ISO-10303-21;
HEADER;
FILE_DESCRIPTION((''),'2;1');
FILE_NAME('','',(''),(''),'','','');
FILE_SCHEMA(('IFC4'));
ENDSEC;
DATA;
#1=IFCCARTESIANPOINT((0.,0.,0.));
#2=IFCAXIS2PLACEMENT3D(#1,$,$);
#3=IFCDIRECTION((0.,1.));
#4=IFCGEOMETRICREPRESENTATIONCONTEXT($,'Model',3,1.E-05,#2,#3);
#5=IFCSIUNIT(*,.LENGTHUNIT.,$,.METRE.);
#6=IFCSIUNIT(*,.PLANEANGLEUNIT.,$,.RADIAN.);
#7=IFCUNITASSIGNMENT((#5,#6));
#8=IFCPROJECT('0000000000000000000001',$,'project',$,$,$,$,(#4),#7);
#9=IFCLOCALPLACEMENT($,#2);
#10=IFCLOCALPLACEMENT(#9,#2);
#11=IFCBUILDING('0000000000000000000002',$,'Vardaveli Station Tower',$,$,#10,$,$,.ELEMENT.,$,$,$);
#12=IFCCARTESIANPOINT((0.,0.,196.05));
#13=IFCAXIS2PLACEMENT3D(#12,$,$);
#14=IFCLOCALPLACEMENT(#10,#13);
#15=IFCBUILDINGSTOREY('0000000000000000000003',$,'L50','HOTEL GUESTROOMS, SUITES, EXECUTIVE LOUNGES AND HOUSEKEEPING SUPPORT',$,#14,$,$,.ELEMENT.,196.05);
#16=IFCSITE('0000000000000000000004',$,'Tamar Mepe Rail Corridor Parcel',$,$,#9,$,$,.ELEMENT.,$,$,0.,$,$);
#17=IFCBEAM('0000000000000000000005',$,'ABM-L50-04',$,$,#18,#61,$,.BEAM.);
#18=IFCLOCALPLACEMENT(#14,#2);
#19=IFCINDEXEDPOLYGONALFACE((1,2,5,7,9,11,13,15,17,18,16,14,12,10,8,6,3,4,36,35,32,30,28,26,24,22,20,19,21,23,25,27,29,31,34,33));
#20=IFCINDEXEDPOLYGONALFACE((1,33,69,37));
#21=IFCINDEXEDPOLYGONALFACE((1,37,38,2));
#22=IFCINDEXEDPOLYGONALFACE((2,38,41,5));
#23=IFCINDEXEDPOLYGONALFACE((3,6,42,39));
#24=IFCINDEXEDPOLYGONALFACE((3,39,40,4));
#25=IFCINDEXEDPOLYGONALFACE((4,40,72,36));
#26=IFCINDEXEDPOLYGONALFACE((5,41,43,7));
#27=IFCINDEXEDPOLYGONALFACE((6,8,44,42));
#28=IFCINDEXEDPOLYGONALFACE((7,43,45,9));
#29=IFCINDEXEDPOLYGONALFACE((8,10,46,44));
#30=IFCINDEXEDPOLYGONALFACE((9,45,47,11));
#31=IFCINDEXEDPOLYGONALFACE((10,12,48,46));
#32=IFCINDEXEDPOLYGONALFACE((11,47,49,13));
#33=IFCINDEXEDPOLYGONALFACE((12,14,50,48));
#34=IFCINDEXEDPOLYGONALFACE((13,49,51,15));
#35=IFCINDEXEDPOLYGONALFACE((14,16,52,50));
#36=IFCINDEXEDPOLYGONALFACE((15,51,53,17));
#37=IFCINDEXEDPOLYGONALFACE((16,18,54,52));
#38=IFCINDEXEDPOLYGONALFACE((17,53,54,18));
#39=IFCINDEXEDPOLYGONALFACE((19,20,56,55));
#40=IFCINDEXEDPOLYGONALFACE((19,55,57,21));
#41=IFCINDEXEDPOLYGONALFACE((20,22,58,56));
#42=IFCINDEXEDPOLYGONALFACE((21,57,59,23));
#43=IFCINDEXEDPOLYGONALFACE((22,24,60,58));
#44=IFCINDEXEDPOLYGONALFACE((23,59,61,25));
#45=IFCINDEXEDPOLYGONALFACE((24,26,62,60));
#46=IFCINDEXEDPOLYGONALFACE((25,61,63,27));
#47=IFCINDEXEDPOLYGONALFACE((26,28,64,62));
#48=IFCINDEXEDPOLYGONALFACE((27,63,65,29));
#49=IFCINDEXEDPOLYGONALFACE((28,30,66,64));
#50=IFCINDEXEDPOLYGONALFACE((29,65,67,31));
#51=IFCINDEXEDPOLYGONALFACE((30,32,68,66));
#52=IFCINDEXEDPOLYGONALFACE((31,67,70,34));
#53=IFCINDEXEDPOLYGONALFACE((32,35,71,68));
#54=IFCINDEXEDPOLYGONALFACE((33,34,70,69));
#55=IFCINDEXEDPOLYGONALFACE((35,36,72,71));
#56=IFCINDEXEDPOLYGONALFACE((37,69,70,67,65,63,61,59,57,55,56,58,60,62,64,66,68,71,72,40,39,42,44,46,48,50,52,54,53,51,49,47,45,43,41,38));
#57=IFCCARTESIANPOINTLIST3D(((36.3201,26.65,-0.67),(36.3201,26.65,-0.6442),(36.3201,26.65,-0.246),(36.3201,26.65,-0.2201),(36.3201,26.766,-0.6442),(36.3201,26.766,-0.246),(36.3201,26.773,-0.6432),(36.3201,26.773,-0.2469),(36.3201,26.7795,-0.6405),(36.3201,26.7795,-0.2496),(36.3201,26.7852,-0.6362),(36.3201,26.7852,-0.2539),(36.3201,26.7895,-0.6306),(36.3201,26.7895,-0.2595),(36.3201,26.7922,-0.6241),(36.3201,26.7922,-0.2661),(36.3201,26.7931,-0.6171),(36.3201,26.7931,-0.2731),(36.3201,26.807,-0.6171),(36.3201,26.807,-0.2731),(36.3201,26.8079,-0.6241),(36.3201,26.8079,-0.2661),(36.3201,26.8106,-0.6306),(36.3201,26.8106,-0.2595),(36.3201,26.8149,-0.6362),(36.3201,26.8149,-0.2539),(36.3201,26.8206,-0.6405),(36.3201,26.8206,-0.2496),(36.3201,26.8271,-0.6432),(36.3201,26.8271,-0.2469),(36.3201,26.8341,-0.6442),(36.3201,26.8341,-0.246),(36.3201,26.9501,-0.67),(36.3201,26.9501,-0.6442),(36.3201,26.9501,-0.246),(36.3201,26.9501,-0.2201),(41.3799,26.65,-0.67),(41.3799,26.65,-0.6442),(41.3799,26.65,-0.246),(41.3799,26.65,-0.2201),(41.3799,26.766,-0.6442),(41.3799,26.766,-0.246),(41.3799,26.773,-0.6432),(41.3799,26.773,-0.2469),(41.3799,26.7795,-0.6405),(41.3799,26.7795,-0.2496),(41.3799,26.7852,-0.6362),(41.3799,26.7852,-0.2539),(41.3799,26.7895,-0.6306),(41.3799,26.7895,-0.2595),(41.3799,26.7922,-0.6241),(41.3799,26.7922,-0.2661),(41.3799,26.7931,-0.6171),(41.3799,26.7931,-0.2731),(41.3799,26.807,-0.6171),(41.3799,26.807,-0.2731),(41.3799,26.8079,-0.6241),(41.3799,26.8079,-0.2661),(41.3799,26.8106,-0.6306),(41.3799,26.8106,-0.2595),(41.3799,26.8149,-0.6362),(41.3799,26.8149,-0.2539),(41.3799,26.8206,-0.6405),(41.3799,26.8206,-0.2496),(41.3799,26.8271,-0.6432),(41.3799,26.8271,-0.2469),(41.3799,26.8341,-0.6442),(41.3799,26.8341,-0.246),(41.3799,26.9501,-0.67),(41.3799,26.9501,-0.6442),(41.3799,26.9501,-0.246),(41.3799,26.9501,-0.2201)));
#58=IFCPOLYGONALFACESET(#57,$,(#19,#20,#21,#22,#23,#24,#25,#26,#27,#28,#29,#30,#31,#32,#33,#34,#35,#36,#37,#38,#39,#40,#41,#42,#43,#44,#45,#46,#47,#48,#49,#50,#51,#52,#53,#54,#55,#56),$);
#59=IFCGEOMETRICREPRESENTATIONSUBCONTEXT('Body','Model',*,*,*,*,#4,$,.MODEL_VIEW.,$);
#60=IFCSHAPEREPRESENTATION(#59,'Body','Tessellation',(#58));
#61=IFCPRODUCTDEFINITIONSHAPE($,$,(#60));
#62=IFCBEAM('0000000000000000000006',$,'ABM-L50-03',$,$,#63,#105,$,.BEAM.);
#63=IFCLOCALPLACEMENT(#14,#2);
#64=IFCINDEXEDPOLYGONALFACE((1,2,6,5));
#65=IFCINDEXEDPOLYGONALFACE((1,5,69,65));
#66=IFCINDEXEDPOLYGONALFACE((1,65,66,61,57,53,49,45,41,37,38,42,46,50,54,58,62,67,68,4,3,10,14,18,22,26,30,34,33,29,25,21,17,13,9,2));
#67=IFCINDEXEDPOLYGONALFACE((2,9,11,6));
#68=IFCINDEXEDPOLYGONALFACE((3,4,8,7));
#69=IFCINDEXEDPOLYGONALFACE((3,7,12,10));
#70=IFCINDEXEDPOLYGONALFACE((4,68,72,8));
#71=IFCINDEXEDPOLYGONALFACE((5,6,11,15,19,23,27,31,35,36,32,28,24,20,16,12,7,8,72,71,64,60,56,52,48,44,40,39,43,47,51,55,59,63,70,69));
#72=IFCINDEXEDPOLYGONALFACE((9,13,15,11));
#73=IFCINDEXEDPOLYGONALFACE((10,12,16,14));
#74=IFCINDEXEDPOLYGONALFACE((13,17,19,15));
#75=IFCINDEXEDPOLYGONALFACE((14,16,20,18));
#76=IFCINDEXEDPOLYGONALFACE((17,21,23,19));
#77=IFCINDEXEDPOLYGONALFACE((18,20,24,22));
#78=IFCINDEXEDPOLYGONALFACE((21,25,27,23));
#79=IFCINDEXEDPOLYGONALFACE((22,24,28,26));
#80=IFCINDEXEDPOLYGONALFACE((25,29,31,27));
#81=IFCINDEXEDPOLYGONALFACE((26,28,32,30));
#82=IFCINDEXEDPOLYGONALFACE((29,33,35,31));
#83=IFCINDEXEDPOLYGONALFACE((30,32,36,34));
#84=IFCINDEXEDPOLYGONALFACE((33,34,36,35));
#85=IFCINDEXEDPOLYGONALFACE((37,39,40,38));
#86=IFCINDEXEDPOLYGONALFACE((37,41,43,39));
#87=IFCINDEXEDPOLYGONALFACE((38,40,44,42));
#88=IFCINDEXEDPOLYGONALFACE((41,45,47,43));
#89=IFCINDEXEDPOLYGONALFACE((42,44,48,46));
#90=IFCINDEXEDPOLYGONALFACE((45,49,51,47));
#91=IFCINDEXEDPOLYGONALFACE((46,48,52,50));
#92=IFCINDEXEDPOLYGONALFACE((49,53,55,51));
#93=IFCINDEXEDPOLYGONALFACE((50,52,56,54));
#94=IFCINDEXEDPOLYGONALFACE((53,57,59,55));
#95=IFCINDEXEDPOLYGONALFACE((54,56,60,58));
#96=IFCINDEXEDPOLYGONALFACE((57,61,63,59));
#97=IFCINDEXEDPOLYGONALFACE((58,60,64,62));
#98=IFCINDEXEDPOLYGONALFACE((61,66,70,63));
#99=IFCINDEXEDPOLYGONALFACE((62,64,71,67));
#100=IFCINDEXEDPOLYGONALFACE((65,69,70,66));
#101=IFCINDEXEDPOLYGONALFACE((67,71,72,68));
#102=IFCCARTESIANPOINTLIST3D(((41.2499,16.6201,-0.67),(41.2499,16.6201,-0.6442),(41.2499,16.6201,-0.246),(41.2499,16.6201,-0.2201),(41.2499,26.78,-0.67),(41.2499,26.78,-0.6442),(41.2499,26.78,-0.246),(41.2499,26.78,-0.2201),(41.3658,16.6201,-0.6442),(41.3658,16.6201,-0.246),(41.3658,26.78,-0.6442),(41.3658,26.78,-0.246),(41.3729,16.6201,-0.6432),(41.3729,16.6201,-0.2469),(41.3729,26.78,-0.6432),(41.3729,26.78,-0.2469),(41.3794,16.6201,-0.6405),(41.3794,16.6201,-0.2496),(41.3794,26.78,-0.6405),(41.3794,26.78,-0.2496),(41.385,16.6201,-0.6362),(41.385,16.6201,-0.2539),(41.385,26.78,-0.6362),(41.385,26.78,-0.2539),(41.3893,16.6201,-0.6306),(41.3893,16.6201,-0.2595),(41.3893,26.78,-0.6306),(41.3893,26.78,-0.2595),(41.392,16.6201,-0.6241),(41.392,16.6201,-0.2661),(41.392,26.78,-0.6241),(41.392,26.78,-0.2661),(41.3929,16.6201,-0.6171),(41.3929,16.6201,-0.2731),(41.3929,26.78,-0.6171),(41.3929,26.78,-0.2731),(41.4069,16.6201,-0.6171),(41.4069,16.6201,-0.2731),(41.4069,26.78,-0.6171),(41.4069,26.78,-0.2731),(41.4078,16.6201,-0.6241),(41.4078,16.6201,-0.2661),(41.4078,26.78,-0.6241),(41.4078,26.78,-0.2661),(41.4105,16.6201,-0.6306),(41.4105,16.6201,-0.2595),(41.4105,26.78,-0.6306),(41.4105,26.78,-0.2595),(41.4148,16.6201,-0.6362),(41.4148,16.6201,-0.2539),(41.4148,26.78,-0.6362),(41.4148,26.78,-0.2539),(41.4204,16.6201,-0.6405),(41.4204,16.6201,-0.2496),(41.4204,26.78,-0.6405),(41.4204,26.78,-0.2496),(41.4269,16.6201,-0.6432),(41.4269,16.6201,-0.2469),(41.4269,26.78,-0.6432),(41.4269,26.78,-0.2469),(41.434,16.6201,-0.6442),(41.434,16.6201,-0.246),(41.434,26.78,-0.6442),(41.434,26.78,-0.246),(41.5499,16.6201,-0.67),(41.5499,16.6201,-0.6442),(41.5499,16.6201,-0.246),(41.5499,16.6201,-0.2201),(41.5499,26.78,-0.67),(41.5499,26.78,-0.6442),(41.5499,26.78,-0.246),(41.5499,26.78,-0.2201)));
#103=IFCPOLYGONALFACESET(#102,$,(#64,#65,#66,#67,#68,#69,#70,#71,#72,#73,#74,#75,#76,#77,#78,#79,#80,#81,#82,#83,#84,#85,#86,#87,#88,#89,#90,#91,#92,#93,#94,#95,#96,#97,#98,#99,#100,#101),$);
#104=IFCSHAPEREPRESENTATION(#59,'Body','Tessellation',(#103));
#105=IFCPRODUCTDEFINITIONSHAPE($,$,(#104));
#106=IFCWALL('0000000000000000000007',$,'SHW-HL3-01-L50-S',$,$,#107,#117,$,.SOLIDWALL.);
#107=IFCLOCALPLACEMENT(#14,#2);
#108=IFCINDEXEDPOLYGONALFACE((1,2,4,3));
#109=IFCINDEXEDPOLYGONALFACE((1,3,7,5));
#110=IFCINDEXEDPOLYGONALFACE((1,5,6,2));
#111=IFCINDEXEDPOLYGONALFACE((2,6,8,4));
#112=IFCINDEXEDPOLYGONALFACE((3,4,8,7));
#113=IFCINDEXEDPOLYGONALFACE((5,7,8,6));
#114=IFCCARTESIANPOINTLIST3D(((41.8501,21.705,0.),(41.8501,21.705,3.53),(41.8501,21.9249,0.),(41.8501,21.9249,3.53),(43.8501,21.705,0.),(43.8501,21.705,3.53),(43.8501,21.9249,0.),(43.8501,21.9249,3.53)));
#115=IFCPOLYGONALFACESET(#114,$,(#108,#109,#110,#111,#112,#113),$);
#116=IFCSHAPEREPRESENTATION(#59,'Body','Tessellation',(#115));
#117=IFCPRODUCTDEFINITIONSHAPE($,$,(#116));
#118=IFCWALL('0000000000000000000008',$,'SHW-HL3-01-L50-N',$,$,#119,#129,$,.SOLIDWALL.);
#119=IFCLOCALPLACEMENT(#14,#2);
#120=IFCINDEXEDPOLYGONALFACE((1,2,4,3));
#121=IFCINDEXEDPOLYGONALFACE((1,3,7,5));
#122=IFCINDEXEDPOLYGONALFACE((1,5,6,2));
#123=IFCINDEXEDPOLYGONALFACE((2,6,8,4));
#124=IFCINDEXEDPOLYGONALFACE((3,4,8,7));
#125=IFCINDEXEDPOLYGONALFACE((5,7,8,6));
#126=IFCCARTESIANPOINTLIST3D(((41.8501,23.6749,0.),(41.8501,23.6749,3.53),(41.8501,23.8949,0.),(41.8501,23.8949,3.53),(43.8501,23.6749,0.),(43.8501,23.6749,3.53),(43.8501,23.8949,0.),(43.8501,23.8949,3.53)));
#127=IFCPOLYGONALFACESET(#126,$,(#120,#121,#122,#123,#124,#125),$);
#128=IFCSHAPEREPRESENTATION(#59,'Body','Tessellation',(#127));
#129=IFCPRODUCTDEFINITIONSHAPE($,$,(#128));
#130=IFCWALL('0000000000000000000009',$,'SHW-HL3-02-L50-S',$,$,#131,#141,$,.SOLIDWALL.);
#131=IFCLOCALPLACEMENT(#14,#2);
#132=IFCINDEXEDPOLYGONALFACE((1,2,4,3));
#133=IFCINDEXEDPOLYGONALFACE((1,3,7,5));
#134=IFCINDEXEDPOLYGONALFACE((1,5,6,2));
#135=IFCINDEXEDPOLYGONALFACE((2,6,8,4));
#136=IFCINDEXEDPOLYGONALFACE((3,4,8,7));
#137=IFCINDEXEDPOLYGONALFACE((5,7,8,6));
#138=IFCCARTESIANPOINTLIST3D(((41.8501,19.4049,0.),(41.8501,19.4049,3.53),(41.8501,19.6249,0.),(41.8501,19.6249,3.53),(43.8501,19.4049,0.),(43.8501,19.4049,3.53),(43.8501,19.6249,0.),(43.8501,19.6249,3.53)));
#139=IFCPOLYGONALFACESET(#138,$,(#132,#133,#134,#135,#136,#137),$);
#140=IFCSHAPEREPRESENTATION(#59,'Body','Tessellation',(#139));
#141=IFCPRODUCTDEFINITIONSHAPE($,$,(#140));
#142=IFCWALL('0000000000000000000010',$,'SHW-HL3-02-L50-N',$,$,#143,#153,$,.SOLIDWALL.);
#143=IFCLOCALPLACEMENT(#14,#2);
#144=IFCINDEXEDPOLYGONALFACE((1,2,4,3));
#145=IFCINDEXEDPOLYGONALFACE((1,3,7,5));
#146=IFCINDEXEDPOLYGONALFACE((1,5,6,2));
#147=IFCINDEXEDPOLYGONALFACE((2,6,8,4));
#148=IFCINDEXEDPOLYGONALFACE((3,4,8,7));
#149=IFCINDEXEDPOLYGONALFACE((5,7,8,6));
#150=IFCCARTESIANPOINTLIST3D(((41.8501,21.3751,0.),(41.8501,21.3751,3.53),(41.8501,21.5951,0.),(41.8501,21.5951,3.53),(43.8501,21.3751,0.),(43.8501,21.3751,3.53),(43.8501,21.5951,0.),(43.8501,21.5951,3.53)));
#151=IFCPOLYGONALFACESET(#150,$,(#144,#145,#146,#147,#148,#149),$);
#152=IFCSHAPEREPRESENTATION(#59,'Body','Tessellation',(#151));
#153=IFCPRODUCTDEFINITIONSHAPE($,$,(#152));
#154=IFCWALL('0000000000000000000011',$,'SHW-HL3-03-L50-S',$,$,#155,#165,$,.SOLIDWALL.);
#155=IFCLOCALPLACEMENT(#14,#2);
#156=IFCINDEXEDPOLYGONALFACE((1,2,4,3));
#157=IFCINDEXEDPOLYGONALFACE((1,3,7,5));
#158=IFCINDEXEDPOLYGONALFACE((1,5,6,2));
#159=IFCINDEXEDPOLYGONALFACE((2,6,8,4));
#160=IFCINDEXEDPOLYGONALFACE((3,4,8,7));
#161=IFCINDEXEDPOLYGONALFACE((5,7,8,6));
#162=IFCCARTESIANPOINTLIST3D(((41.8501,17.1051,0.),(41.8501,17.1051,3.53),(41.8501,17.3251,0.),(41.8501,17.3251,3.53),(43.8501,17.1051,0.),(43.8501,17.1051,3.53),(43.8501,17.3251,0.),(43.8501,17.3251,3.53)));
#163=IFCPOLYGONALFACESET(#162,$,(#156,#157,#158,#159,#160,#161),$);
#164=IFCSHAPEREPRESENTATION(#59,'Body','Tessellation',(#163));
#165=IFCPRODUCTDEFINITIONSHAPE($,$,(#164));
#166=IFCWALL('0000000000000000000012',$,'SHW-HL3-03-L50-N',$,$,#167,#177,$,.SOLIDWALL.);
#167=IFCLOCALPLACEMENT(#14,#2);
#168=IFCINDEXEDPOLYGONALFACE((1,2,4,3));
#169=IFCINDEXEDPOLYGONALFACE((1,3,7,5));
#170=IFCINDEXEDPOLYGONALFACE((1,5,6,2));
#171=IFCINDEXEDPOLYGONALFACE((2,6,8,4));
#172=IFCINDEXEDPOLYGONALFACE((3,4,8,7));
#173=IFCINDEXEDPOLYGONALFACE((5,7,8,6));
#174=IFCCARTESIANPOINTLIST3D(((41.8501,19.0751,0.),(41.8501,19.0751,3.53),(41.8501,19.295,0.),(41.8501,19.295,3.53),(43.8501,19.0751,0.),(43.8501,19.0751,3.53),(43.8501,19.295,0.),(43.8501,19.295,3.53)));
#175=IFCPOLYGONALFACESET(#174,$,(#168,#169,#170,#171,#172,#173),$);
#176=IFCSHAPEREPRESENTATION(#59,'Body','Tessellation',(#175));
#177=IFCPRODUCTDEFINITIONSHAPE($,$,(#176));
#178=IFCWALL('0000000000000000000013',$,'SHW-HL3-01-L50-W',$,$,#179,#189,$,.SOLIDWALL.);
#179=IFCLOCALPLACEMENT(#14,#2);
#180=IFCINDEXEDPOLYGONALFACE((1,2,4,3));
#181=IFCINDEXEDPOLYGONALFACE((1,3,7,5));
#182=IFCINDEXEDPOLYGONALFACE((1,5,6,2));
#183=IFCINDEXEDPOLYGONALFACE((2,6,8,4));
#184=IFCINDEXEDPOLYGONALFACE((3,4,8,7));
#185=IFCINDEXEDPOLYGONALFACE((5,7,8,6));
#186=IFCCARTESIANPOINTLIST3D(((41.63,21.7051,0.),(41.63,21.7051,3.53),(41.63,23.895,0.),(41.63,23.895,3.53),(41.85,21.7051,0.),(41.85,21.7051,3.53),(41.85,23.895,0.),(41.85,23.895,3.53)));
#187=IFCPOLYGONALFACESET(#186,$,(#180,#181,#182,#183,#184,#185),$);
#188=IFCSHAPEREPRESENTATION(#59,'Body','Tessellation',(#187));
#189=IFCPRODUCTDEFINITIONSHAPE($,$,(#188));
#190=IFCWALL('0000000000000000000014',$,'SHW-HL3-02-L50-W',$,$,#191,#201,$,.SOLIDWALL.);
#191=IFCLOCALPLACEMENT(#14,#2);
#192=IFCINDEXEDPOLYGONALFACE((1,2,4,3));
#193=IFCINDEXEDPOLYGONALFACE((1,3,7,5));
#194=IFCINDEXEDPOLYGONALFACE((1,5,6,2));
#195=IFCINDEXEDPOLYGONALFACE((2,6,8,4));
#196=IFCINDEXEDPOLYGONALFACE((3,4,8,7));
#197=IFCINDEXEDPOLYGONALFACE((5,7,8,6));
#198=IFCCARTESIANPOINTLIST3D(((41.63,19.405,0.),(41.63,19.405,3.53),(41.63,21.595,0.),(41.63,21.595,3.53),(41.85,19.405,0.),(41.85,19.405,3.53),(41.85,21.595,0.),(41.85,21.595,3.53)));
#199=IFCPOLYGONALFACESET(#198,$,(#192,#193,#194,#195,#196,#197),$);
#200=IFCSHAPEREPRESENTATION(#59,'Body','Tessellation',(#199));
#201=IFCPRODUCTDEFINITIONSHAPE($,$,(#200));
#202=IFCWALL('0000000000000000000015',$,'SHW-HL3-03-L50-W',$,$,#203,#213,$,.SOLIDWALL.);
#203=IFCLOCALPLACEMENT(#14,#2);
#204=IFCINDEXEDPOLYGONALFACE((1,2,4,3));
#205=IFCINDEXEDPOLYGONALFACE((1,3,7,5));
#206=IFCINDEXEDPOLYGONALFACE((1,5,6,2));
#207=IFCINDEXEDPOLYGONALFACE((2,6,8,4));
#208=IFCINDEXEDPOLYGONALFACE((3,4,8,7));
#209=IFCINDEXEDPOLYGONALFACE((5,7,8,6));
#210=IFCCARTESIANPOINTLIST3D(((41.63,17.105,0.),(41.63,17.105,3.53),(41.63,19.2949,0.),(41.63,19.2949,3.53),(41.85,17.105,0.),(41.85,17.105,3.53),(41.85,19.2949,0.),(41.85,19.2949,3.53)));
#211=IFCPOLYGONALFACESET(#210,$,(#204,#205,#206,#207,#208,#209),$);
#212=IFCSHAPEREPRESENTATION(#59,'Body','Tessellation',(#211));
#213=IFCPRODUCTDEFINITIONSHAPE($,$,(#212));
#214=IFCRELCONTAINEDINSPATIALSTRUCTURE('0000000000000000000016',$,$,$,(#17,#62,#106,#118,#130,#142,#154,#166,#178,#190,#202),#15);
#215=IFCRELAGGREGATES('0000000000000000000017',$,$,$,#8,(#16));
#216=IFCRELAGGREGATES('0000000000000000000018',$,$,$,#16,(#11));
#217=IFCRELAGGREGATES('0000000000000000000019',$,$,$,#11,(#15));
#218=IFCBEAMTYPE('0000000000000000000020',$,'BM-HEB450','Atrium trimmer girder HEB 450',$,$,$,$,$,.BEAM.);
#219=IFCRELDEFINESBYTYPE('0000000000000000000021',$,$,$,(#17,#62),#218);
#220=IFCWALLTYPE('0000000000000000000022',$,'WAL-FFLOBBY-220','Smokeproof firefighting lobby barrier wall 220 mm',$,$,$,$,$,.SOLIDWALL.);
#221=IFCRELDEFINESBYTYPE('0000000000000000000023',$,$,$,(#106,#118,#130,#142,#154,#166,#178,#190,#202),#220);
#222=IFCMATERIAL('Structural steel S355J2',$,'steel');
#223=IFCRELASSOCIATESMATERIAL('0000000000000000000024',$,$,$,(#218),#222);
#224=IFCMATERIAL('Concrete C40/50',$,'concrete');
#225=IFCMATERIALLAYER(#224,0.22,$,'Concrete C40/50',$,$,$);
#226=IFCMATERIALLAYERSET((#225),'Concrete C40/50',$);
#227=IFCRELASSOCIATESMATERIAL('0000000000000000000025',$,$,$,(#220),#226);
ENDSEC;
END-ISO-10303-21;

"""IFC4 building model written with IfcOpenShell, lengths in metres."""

from ifc_helpers import new_model, si_unit, direction, frame, frame_2d, origin, origin_2d, place, context, subcontext, project, spatial, rectangle, i_section, extrude, source, transform, mapped, material, layer, layer_set, material_profile, profile_set, type_object, element, save


model = new_model("IFC4")

# Units and contexts
model_context = context("Model", 3, precision=1e-05, world=origin(), true_north=direction((0.0, 1.0)))
body_context = subcontext(model_context, "Body", "Model", "MODEL_VIEW")
ifc_project = project(units=[si_unit("LENGTHUNIT", "METRE"), si_unit("PLANEANGLEUNIT", "RADIAN")], contexts=[model_context])

# Site, building, storey
site_placement = place(None, origin())
site = spatial("IfcSite", under=ifc_project, at=site_placement, Name="Tamar Mepe Rail Corridor Parcel", CompositionType="ELEMENT", RefElevation=0.0)
building_placement = place(site_placement, origin())
building = spatial("IfcBuilding", under=site, at=building_placement, Name="Vardaveli Station Tower", CompositionType="ELEMENT")
storey_placement = place(building_placement, frame((0.0, 0.0, 196.05)))
storey = spatial("IfcBuildingStorey", under=building, at=storey_placement, Name="L50", Description="HOTEL GUESTROOMS, SUITES, EXECUTIVE LOUNGES AND HOUSEKEEPING SUPPORT", CompositionType="ELEMENT", Elevation=196.05)

# Beams
ifc_material_1 = material(Name="Structural steel S355J2", Category="steel")
ifc_material_profile_1 = material_profile(ifc_material_1, i_section(OverallWidth=0.3, OverallDepth=0.45, WebThickness=0.0139, FlangeThickness=0.0259, FilletRadius=0.0271, at=origin_2d()), Name="HEB 450")
ifc_profile_set_1 = profile_set([ifc_material_profile_1], Name="Structural steel S355J2")
beam_type = type_object("IfcBeamType", Name="BM-HEB450", Description="Atrium trimmer girder HEB 450", PredefinedType="BEAM", material=ifc_profile_set_1)
shared_shape_1 = source(origin(), body_context, "Body", "SweptSolid", [
    extrude(i_section(OverallWidth=0.3, OverallDepth=0.45, WebThickness=0.0139, FlangeThickness=0.0259, FilletRadius=0.0271, at=origin_2d()), origin(), (0.0, 0.0, 1.0), 5.0598),
])
for number, where, z_axis, x_axis, name in (
    (1, (41.3799, 26.8, -0.4451), (-1.0, 0.0, 0.0), (0.0, -1.0, 0.0), "ABM-L50-04"),
):
    element("IfcBeam", number, at=place(storey_placement, frame(where, z_axis=z_axis, x_axis=x_axis)), inside=storey, type_object=beam_type, Name=name, PredefinedType="BEAM", context=body_context, shape_type="MappedRepresentation", body=[
        mapped(shared_shape_1, transform((0.0, 0.0, 0.0), scale=1.0)),
    ])
shared_shape_2 = source(origin(), body_context, "Body", "SweptSolid", [
    extrude(i_section(OverallWidth=0.3, OverallDepth=0.45, WebThickness=0.0139, FlangeThickness=0.0259, FilletRadius=0.0271, at=origin_2d()), origin(), (0.0, 0.0, 1.0), 10.1599),
])
beam_1_placement = place(storey_placement, frame((41.3999, 16.6201, -0.4451), z_axis=(0.0, 1.0, 0.0), x_axis=(-1.0, 0.0, 0.0)))
element("IfcBeam", 2, at=beam_1_placement, inside=storey, type_object=beam_type, Name="ABM-L50-03", PredefinedType="BEAM", context=body_context, shape_type="MappedRepresentation", body=[
    mapped(shared_shape_2, transform((0.0, 0.0, 0.0), scale=1.0)),
])

# Walls
ifc_material_2 = material(Name="Concrete C40/50", Category="concrete")
ifc_layer_1 = layer(ifc_material_2, 0.22, Name="Concrete C40/50")
ifc_layer_set_1 = layer_set([ifc_layer_1], Name="Concrete C40/50")
wall_type_1 = type_object("IfcWallType", Name="WAL-FFLOBBY-220", Description="Smokeproof firefighting lobby barrier wall 220 mm", PredefinedType="SOLIDWALL", material=ifc_layer_set_1)
shared_shape_3 = source(origin(), body_context, "Body", "SweptSolid", [
    extrude(rectangle(XDim=2.0, YDim=0.22, at=frame_2d((1.0, 0.0))), origin(), (0.0, 0.0, 1.0), 3.53),
])
for number, where, z_axis, x_axis, name in (
    (3, (41.8501, 21.8149, 0.0), (0.0, 0.0, 1.0), (1.0, 0.0, 0.0), "SHW-HL3-01-L50-S"),
    (4, (41.8501, 23.7849, 0.0), (0.0, 0.0, 1.0), (1.0, 0.0, 0.0), "SHW-HL3-01-L50-N"),
    (5, (41.8501, 19.5149, 0.0), (0.0, 0.0, 1.0), (1.0, 0.0, 0.0), "SHW-HL3-02-L50-S"),
    (6, (41.8501, 21.4851, 0.0), (0.0, 0.0, 1.0), (1.0, 0.0, 0.0), "SHW-HL3-02-L50-N"),
    (7, (41.8501, 17.2151, 0.0), (0.0, 0.0, 1.0), (1.0, 0.0, 0.0), "SHW-HL3-03-L50-S"),
    (8, (41.8501, 19.1851, 0.0), (0.0, 0.0, 1.0), (1.0, 0.0, 0.0), "SHW-HL3-03-L50-N"),
):
    element("IfcWall", number, at=place(storey_placement, frame(where, z_axis=z_axis, x_axis=x_axis)), inside=storey, type_object=wall_type_1, Name=name, PredefinedType="SOLIDWALL", context=body_context, shape_type="MappedRepresentation", body=[
        mapped(shared_shape_3, transform((0.0, 0.0, 0.0), scale=1.0)),
    ])
shared_shape_4 = source(origin(), body_context, "Body", "SweptSolid", [
    extrude(rectangle(XDim=2.1899, YDim=0.22, at=frame_2d((1.095, 0.0))), origin(), (0.0, 0.0, 1.0), 3.53),
])
for number, where, z_axis, x_axis, name in (
    (9, (41.74, 21.7051, 0.0), (0.0, 0.0, 1.0), (0.0, 1.0, 0.0), "SHW-HL3-01-L50-W"),
    (10, (41.74, 19.405, 0.0), (0.0, 0.0, 1.0), (0.0, 1.0, 0.0), "SHW-HL3-02-L50-W"),
    (11, (41.74, 17.105, 0.0), (0.0, 0.0, 1.0), (0.0, 1.0, 0.0), "SHW-HL3-03-L50-W"),
):
    element("IfcWall", number, at=place(storey_placement, frame(where, z_axis=z_axis, x_axis=x_axis)), inside=storey, type_object=wall_type_1, Name=name, PredefinedType="SOLIDWALL", context=body_context, shape_type="MappedRepresentation", body=[
        mapped(shared_shape_4, transform((0.0, 0.0, 0.0), scale=1.0)),
    ])

save(model, "model.ifc")
